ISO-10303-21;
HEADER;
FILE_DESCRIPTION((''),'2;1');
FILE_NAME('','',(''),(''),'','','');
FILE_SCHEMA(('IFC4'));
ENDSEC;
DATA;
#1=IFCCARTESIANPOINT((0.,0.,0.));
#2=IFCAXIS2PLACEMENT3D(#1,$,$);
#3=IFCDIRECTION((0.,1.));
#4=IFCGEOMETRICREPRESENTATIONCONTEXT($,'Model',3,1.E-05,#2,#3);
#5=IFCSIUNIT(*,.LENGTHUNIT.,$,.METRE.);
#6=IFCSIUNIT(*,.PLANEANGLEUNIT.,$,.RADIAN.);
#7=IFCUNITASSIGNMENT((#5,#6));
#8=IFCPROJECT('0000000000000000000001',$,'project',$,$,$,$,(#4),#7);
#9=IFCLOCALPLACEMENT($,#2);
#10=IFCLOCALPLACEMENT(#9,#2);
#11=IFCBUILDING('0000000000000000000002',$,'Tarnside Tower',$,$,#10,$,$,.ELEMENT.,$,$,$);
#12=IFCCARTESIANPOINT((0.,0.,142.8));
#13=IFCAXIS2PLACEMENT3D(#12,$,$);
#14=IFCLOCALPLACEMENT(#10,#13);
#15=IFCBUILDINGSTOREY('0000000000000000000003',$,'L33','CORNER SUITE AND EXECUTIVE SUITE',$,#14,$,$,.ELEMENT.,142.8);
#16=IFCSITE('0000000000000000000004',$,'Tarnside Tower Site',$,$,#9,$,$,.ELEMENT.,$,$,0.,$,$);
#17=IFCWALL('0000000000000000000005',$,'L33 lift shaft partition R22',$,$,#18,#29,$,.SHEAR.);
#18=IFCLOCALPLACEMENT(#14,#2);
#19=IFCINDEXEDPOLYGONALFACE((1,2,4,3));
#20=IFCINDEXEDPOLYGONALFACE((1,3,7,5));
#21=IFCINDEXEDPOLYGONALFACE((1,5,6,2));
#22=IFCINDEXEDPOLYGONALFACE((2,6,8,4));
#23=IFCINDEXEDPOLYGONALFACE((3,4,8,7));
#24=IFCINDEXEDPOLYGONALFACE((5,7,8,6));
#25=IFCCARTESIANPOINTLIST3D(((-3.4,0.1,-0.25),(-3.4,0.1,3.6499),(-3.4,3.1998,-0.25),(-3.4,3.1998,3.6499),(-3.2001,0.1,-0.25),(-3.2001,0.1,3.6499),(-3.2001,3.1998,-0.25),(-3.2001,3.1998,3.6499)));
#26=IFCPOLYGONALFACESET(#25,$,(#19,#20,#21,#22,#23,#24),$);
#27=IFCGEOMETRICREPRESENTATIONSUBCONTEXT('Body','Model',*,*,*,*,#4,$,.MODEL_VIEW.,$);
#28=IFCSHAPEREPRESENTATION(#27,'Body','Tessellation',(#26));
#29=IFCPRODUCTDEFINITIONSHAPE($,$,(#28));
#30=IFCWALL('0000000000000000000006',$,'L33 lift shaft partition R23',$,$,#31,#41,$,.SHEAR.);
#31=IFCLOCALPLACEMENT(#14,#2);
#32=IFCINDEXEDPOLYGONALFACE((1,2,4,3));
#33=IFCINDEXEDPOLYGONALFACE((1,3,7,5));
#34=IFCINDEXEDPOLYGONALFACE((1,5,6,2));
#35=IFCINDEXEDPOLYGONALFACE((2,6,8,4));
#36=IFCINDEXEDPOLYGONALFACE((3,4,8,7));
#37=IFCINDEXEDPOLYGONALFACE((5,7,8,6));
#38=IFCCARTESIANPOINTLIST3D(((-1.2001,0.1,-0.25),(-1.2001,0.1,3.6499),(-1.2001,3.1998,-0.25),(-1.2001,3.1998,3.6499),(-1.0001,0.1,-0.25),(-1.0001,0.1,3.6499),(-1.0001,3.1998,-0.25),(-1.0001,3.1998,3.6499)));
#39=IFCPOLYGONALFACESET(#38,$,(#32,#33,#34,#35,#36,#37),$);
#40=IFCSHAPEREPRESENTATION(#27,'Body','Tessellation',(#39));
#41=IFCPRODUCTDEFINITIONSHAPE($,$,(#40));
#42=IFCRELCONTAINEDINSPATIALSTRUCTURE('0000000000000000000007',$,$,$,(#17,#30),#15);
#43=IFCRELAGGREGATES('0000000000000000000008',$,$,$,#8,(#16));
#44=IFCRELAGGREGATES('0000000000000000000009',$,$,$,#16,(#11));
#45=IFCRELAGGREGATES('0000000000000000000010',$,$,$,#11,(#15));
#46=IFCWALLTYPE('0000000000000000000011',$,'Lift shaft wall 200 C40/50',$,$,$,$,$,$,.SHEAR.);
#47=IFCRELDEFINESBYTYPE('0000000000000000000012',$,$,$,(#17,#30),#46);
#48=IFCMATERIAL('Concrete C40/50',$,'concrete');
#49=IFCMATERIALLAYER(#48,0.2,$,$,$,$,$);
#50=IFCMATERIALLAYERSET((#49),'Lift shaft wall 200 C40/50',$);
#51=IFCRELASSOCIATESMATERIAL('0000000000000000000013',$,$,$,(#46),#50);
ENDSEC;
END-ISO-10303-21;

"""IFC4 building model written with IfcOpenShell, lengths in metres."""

from ifc_helpers import new_model, si_unit, direction, frame, frame_2d, origin, place, context, subcontext, project, spatial, rectangle, extrude, material, layer, layer_set, type_object, element, save


model = new_model("IFC4")

# Units and contexts
model_context = context("Model", 3, precision=1e-05, world=origin(), true_north=direction((0.0, 1.0)))
body_context = subcontext(model_context, "Body", "Model", "MODEL_VIEW")
ifc_project = project(units=[si_unit("LENGTHUNIT", "METRE"), si_unit("PLANEANGLEUNIT", "RADIAN")], contexts=[model_context])

# Site, building, storey
site_placement = place(None, origin())
site = spatial("IfcSite", under=ifc_project, at=site_placement, Name="Tarnside Tower Site", CompositionType="ELEMENT", RefElevation=0.0)
building_placement = place(site_placement, origin())
building = spatial("IfcBuilding", under=site, at=building_placement, Name="Tarnside Tower", CompositionType="ELEMENT")
storey_placement = place(building_placement, frame((0.0, 0.0, 142.8)))
storey = spatial("IfcBuildingStorey", under=building, at=storey_placement, Name="L33", Description="CORNER SUITE AND EXECUTIVE SUITE", CompositionType="ELEMENT", Elevation=142.8)

# Shared definitions
ifc_material_1 = material(Name="Concrete C40/50", Category="concrete")

# Shared definitions
ifc_layer_1 = layer(ifc_material_1, 0.2)
ifc_layer_set_1 = layer_set([ifc_layer_1], Name="Lift shaft wall 200 C40/50")
wall_type = type_object("IfcWallType", Name="Lift shaft wall 200 C40/50", PredefinedType="SHEAR", material=ifc_layer_set_1)

# Walls
for number, where, z_axis, x_axis, name in (
    (1, (-3.3, 0.1001, -0.25), (0.0, 0.0, 1.0), (0.0, 1.0, 0.0), "L33 lift shaft partition R22"),
    (2, (-1.1001, 0.1001, -0.25), (0.0, 0.0, 1.0), (0.0, 1.0, 0.0), "L33 lift shaft partition R23"),
):
    element("IfcWall", number, at=place(storey_placement, frame(where, z_axis=z_axis, x_axis=x_axis)), inside=storey, type_object=wall_type, Name=name, PredefinedType="SHEAR", context=body_context, shape_type="SweptSolid", body=[
        extrude(rectangle(XDim=3.0999, YDim=0.2, at=frame_2d((1.5498, 0.0))), origin(), (0.0, 0.0, 1.0), 3.8999),
    ])

save(model, "model.ifc")
